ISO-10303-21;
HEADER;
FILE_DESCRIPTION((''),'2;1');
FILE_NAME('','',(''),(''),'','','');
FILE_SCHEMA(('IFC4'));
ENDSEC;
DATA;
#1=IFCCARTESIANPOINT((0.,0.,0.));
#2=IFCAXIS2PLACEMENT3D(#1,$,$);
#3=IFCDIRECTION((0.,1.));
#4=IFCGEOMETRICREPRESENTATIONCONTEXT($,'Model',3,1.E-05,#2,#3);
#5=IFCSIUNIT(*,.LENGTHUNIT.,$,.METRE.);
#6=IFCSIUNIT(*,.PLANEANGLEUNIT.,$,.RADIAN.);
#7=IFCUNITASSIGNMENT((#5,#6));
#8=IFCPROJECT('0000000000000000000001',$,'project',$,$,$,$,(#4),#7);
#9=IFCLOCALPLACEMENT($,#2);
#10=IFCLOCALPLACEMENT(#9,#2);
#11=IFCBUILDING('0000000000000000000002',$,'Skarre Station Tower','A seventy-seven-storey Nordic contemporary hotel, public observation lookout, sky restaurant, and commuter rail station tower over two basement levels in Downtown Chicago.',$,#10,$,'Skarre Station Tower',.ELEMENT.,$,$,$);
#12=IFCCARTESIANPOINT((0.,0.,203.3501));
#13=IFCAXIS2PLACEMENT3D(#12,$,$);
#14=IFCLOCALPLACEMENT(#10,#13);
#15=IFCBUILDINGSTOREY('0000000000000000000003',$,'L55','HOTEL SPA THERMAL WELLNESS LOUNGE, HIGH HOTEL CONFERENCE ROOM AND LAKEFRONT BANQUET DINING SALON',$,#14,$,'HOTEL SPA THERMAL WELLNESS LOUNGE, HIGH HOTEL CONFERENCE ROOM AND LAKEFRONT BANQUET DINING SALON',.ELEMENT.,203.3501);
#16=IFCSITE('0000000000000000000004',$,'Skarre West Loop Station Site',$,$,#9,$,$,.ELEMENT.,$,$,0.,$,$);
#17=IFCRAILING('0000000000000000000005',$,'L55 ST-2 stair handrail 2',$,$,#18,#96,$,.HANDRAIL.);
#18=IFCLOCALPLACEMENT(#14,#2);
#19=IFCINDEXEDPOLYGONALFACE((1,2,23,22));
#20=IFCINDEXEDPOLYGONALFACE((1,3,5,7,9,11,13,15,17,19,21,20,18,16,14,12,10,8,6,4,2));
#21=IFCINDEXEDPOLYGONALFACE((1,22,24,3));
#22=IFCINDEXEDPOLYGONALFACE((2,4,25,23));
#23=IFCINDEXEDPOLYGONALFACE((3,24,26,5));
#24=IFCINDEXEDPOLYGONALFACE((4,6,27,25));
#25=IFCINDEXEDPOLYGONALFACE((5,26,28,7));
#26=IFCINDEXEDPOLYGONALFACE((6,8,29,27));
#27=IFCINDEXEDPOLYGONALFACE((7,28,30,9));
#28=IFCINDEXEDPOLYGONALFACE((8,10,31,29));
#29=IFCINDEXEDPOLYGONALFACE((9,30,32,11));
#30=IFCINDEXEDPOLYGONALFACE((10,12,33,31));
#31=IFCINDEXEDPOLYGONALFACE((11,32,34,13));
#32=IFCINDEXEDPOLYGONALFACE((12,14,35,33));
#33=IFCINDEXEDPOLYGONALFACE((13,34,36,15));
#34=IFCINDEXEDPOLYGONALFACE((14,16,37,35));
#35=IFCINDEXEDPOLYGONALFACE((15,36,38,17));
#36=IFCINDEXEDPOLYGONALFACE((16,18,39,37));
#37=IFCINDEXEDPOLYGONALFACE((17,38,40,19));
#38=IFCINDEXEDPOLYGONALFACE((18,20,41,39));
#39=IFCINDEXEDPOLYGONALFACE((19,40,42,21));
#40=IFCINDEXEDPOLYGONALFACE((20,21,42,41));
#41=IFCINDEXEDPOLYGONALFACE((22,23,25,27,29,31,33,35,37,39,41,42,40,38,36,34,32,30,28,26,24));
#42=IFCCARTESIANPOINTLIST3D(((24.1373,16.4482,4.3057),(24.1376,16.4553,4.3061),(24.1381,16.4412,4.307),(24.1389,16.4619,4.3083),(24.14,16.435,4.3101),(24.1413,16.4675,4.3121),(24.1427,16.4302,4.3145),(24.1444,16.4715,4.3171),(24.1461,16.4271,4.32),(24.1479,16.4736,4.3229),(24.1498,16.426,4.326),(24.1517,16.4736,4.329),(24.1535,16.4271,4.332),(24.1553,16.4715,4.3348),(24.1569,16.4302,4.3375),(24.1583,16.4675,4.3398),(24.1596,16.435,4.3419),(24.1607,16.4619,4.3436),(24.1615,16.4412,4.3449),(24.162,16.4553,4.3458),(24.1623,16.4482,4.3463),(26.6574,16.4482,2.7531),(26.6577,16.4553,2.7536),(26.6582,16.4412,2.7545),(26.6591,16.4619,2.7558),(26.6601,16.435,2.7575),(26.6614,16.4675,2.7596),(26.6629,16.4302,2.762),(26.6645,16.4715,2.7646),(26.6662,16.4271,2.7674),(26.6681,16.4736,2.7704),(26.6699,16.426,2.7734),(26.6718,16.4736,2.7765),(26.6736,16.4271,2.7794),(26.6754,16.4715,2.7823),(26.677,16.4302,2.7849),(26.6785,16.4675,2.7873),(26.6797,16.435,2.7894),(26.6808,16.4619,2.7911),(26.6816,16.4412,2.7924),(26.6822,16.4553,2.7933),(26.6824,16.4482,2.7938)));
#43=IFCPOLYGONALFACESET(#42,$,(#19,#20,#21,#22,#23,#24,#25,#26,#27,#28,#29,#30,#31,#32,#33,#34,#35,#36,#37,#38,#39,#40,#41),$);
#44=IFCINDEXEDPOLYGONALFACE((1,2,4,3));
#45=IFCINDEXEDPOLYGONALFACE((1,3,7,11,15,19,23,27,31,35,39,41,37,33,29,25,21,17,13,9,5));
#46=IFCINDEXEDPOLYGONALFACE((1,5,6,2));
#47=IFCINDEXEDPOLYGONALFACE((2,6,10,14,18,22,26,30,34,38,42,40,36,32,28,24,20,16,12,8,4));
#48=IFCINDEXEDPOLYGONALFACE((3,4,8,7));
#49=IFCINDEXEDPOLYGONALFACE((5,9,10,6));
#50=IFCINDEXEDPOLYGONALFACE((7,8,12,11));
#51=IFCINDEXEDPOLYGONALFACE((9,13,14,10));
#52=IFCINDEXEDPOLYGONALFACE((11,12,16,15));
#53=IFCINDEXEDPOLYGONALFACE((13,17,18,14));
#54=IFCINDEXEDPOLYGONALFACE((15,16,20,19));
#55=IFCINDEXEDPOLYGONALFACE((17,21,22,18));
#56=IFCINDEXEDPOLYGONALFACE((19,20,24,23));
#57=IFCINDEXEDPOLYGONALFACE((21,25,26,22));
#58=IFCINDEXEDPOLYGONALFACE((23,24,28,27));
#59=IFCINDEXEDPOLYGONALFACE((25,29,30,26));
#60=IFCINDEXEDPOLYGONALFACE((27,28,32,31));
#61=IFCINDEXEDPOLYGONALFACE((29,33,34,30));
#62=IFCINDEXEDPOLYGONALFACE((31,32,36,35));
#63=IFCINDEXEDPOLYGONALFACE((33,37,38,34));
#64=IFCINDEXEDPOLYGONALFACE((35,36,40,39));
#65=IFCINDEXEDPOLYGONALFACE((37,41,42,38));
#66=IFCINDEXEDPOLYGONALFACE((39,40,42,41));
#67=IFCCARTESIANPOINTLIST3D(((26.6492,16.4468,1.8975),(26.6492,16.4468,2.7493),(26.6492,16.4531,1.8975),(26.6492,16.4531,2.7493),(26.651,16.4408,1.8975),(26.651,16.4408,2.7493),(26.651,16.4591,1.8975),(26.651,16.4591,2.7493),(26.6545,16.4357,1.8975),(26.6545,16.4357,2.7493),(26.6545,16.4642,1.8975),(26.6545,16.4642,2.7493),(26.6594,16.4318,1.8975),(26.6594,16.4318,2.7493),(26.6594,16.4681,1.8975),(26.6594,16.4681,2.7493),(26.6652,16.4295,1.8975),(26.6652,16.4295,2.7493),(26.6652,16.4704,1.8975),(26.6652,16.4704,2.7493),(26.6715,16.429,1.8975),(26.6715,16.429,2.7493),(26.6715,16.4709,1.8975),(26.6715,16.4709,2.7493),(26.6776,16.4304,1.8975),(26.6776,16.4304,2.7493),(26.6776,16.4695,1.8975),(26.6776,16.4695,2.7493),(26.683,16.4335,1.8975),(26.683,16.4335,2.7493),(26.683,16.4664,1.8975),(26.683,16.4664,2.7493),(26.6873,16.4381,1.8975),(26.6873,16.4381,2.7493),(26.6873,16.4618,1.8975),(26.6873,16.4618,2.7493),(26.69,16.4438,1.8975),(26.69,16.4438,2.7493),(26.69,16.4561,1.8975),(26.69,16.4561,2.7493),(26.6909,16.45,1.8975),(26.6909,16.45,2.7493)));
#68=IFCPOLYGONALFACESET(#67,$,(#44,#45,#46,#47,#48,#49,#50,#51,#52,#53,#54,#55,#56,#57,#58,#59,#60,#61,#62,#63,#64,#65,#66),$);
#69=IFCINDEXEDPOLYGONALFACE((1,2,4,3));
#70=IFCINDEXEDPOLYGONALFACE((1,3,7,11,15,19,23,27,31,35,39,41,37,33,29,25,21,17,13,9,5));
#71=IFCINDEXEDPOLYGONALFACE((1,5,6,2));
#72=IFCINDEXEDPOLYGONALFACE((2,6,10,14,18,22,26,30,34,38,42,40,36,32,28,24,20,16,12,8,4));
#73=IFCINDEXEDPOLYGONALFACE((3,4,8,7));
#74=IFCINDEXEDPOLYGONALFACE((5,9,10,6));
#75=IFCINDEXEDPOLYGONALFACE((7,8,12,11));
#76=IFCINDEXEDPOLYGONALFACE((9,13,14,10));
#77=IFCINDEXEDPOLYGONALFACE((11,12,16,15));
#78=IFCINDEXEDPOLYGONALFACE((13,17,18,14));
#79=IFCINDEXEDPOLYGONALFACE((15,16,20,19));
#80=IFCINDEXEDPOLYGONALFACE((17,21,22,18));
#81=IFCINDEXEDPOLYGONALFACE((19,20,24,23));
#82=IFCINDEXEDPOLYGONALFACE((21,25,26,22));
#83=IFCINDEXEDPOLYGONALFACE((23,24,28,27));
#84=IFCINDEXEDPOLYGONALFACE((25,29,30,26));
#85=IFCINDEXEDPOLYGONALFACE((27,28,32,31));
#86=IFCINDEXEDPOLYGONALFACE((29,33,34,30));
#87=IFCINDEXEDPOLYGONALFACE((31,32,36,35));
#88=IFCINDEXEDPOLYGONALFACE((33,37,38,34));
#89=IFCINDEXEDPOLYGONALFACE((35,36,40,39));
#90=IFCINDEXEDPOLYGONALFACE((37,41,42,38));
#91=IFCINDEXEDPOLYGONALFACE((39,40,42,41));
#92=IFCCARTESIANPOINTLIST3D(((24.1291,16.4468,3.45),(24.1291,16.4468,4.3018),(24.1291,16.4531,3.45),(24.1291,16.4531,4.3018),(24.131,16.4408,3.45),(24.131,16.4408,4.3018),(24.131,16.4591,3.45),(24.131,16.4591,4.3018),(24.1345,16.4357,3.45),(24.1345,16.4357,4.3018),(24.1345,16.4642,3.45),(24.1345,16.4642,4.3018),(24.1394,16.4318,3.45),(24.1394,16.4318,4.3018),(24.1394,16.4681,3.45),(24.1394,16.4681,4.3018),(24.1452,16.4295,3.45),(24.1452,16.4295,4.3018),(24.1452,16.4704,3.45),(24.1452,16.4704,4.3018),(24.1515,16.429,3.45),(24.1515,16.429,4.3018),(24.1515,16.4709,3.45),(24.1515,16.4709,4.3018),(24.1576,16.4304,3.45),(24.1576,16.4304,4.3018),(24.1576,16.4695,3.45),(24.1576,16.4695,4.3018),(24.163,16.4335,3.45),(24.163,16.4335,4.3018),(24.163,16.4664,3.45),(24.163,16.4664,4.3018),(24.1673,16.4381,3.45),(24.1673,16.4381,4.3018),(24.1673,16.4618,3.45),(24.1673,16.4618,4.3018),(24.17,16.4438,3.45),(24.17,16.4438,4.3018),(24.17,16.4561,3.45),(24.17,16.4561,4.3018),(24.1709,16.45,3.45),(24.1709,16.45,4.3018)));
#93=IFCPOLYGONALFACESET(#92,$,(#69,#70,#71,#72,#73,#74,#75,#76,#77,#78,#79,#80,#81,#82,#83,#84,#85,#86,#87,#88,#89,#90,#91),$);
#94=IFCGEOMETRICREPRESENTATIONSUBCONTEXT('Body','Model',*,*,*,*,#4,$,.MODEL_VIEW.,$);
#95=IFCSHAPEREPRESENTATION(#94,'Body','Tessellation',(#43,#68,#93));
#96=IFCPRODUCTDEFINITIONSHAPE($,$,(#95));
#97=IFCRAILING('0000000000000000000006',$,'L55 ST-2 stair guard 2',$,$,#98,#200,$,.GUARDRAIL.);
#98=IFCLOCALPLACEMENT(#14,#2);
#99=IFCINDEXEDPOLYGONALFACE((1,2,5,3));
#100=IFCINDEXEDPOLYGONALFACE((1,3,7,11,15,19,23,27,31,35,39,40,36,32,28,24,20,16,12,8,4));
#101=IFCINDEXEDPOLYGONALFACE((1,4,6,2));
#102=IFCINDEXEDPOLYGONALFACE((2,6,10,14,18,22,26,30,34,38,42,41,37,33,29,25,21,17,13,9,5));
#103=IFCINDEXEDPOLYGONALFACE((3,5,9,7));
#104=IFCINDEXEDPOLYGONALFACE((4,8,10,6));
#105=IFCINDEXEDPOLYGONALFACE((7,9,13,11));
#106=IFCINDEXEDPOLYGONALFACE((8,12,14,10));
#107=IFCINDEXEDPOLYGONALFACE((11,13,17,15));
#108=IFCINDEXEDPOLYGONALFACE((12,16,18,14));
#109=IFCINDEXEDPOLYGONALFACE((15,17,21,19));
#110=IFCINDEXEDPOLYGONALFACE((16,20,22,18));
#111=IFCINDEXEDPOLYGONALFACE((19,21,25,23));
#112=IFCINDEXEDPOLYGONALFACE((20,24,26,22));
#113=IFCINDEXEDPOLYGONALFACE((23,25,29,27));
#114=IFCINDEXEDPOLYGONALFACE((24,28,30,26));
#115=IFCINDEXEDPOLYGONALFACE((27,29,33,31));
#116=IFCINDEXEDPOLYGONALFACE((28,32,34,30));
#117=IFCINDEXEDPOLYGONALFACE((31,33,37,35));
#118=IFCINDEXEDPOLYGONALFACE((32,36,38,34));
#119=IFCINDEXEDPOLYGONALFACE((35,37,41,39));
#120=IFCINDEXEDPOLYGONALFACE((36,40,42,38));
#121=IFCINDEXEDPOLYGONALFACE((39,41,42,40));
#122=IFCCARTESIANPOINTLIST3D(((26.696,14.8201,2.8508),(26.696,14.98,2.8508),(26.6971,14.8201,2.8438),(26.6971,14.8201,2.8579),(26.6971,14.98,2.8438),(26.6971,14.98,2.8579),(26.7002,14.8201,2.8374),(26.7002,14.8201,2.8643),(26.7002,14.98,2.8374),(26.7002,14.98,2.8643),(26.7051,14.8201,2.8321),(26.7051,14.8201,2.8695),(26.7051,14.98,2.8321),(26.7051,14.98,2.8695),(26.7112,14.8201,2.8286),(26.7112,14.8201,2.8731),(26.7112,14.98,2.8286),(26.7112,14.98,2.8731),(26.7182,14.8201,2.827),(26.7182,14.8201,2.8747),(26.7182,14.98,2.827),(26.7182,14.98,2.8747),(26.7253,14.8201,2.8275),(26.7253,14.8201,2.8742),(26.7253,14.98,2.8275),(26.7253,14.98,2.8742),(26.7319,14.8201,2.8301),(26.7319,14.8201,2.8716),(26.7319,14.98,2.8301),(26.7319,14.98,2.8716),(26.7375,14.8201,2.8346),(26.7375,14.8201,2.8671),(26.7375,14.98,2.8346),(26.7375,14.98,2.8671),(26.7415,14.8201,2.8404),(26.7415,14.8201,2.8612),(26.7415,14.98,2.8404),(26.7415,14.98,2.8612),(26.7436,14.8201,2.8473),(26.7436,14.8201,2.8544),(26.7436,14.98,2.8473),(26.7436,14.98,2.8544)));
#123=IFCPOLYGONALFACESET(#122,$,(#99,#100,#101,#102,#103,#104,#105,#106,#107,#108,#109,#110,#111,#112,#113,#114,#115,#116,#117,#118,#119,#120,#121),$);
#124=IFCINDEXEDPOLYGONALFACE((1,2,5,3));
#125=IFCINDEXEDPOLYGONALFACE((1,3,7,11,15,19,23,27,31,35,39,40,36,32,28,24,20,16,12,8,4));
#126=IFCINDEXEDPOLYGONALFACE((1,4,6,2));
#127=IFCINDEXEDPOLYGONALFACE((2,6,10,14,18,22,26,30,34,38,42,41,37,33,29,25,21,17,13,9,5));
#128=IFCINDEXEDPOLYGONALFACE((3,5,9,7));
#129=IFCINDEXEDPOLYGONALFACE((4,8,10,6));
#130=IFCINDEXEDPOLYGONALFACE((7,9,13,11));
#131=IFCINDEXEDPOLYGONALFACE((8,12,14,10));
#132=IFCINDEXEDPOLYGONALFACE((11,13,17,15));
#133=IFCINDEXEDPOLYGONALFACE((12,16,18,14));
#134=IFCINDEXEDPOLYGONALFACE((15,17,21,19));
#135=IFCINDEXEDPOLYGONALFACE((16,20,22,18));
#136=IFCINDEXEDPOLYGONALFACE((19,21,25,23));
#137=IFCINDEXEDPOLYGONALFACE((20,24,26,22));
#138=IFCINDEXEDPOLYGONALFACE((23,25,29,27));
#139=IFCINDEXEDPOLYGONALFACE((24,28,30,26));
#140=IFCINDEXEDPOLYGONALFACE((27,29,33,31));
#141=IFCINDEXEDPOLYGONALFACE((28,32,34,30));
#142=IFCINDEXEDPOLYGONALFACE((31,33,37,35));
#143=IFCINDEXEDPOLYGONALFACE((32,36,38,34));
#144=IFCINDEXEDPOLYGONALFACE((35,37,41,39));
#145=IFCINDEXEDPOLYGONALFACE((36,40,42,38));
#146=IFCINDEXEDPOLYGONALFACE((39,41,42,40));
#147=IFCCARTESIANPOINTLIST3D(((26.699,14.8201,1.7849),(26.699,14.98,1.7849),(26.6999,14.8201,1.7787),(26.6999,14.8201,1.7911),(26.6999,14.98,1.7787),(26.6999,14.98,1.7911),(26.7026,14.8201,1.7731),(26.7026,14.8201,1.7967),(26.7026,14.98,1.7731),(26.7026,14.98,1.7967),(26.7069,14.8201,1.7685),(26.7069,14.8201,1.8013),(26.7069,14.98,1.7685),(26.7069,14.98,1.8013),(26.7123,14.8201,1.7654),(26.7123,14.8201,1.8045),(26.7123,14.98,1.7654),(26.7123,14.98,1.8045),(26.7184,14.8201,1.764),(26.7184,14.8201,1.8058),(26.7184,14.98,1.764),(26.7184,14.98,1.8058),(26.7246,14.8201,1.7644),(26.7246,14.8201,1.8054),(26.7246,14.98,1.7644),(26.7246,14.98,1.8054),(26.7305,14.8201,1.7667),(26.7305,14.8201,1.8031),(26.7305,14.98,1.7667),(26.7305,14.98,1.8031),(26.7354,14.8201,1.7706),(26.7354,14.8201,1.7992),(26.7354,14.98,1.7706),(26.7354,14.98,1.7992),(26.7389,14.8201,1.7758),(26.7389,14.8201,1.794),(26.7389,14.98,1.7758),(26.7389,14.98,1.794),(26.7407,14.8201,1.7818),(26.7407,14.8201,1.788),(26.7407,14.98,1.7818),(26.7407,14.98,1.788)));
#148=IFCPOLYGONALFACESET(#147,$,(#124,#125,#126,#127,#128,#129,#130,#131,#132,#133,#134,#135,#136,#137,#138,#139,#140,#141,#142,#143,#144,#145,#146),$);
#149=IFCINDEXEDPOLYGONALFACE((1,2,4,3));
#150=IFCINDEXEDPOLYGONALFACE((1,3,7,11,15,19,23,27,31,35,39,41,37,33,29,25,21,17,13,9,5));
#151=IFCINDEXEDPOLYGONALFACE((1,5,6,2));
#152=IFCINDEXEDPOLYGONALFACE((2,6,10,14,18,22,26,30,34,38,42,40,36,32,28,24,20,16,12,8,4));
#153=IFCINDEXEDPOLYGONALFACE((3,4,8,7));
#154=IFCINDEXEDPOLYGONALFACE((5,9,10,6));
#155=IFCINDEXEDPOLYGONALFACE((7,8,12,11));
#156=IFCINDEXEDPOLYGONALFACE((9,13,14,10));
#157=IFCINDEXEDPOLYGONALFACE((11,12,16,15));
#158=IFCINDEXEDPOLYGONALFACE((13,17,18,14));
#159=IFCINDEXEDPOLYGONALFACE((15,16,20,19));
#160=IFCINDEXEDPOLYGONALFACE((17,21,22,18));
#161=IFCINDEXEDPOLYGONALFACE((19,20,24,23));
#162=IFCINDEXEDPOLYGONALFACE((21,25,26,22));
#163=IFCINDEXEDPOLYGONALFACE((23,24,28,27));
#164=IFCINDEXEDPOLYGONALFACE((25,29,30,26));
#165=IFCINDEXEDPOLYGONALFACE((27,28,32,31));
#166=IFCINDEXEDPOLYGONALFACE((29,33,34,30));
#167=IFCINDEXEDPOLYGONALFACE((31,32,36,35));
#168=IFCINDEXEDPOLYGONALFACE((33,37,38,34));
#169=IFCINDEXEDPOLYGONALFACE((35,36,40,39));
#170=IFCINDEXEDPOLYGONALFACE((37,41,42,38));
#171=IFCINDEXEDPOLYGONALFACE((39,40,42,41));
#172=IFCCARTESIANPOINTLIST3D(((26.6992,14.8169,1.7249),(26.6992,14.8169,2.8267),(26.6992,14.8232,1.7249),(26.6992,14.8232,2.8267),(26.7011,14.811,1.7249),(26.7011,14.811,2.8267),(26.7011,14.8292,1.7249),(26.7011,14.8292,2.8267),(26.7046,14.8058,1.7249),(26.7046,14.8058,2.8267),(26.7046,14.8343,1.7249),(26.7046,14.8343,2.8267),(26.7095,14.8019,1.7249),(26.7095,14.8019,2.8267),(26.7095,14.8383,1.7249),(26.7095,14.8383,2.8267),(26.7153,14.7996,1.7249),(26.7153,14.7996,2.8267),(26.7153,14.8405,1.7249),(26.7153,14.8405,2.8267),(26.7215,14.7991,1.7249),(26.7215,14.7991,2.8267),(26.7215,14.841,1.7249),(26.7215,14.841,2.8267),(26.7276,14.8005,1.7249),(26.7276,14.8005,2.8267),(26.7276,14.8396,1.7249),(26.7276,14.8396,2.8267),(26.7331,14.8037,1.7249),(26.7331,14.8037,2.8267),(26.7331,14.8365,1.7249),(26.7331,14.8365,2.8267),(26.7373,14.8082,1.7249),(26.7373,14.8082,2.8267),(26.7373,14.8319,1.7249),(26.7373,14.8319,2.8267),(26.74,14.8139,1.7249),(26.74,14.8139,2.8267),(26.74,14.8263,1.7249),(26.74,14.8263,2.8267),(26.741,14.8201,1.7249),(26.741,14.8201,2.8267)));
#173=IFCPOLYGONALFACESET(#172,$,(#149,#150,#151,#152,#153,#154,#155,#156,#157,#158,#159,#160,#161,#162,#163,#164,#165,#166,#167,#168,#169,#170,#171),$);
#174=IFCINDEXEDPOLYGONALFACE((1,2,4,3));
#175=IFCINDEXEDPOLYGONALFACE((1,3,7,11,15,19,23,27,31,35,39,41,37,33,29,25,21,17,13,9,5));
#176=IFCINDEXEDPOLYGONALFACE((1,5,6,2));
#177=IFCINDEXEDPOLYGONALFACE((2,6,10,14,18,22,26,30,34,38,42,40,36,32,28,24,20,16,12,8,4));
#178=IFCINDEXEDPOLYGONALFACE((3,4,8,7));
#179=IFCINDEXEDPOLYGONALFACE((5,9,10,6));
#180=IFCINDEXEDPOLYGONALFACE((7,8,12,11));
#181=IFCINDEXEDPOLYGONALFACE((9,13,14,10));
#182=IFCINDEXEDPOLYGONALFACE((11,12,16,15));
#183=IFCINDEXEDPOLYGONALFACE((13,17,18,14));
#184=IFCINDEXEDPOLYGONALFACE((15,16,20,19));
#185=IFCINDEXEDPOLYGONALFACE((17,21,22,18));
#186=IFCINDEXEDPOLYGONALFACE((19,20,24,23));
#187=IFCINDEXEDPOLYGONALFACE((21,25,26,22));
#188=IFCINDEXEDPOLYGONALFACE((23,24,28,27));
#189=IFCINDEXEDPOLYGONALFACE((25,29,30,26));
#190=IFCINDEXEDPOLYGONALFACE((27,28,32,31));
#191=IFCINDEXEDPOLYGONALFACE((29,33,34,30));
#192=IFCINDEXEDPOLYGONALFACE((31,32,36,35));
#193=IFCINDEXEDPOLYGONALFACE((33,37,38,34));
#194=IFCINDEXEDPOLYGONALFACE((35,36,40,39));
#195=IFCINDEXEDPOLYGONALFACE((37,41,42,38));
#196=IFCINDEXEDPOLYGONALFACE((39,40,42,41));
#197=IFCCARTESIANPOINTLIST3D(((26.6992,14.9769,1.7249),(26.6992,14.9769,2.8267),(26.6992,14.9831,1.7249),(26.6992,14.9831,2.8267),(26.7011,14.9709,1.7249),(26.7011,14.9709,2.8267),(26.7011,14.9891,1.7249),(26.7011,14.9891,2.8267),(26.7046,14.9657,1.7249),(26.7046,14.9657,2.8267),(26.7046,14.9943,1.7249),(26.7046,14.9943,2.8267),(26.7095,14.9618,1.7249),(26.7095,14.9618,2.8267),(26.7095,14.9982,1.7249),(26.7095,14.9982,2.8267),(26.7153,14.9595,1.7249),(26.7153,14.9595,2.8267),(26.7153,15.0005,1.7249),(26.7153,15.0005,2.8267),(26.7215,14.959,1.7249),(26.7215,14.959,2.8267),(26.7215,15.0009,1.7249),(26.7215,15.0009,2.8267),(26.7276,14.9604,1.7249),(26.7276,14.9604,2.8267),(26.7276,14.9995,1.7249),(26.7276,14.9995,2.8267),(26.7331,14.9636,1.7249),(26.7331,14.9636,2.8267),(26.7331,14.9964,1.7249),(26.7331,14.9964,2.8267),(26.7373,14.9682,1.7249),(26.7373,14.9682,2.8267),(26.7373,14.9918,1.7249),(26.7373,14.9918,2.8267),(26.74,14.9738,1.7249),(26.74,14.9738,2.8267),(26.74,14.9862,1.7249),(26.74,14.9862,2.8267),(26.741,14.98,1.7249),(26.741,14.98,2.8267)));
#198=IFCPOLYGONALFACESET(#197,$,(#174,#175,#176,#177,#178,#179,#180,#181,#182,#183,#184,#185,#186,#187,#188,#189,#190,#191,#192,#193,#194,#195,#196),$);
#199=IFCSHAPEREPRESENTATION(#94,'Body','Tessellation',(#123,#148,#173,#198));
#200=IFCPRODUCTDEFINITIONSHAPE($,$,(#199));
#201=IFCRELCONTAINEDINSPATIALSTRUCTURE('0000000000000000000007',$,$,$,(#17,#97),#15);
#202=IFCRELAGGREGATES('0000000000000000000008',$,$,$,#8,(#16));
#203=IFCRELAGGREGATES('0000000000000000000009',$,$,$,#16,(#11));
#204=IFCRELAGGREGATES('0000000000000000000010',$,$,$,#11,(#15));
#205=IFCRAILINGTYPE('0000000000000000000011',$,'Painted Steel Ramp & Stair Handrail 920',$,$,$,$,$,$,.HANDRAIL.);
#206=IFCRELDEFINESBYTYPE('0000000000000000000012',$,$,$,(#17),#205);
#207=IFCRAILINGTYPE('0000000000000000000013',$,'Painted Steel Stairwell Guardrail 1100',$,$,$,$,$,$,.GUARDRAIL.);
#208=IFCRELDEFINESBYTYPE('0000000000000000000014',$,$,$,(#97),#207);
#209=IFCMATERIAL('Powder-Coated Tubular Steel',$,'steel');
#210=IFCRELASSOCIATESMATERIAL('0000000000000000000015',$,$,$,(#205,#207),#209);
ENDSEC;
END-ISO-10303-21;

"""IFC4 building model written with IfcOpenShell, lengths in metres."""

from ifc_helpers import new_model, si_unit, direction, frame, origin, origin_2d, place, context, subcontext, project, spatial, circle, extrude, material, type_object, element, save


model = new_model("IFC4")

# Units and contexts
model_context = context("Model", 3, precision=1e-05, world=origin(), true_north=direction((0.0, 1.0)))
body_context = subcontext(model_context, "Body", "Model", "MODEL_VIEW")
ifc_project = project(units=[si_unit("LENGTHUNIT", "METRE"), si_unit("PLANEANGLEUNIT", "RADIAN")], contexts=[model_context])

# Site, building, storey
site_placement = place(None, origin())
site = spatial("IfcSite", under=ifc_project, at=site_placement, Name="Skarre West Loop Station Site", CompositionType="ELEMENT", RefElevation=0.0)
building_placement = place(site_placement, origin())
building = spatial("IfcBuilding", under=site, at=building_placement, Name="Skarre Station Tower", Description="A seventy-seven-storey Nordic contemporary hotel, public observation lookout, sky restaurant, and commuter rail station tower over two basement levels in Downtown Chicago.", LongName="Skarre Station Tower", CompositionType="ELEMENT")
storey_placement = place(building_placement, frame((0.0, 0.0, 203.3501)))
storey = spatial("IfcBuildingStorey", under=building, at=storey_placement, Name="L55", Description="HOTEL SPA THERMAL WELLNESS LOUNGE, HIGH HOTEL CONFERENCE ROOM AND LAKEFRONT BANQUET DINING SALON", LongName="HOTEL SPA THERMAL WELLNESS LOUNGE, HIGH HOTEL CONFERENCE ROOM AND LAKEFRONT BANQUET DINING SALON", CompositionType="ELEMENT", Elevation=203.3501)

# Railings
ifc_material_1 = material(Name="Powder-Coated Tubular Steel", Category="steel")
railing_type_1 = type_object("IfcRailingType", Name="Painted Steel Ramp & Stair Handrail 920", PredefinedType="HANDRAIL", material=ifc_material_1)
railing_1_placement = place(storey_placement, frame((26.6699, 16.45, 1.8975)))
element("IfcRailing", 1, at=railing_1_placement, inside=storey, type_object=railing_type_1, Name="L55 ST-2 stair handrail 2", PredefinedType="HANDRAIL", context=body_context, shape_type="SweptSolid", body=[
    extrude(circle(Radius=0.0239, at=origin_2d()), frame((0.0, 0.0, 0.876), z_axis=(-0.8514, 0.0, 0.524516), x_axis=(0.0, -1.0, 0.0)), (0.0, 0.0, 1.0), 2.96),
    extrude(circle(Radius=0.021, at=origin_2d()), origin(), (0.0, 0.0, 1.0), 0.8518),
    extrude(circle(Radius=0.021, at=origin_2d()), frame((-2.52, 0.0, 1.5525)), (0.0, 0.0, 1.0), 0.8518),
])
railing_type_2 = type_object("IfcRailingType", Name="Painted Steel Stairwell Guardrail 1100", PredefinedType="GUARDRAIL", material=ifc_material_1)
railing_2_placement = place(storey_placement, frame((26.72, 14.8201, 1.7249)))
element("IfcRailing", 2, at=railing_2_placement, inside=storey, type_object=railing_type_2, Name="L55 ST-2 stair guard 2", PredefinedType="GUARDRAIL", context=body_context, shape_type="SweptSolid", body=[
    extrude(circle(Radius=0.0239, at=origin_2d()), frame((0.0, 0.0, 1.126), z_axis=(0.0, 1.0, 0.0), x_axis=(-1.0, 0.0, 0.0)), (0.0, 0.0, 1.0), 0.1599),
    extrude(circle(Radius=0.021, at=origin_2d()), frame((0.0, 0.0, 0.0601), z_axis=(0.0, 1.0, 0.0), x_axis=(-1.0, 0.0, 0.0)), (0.0, 0.0, 1.0), 0.1599),
    extrude(circle(Radius=0.021, at=origin_2d()), origin(), (0.0, 0.0, 1.0), 1.1018),
    extrude(circle(Radius=0.021, at=origin_2d()), frame((0.0, 0.1599, 0.0)), (0.0, 0.0, 1.0), 1.1018),
])

save(model, "model.ifc")
